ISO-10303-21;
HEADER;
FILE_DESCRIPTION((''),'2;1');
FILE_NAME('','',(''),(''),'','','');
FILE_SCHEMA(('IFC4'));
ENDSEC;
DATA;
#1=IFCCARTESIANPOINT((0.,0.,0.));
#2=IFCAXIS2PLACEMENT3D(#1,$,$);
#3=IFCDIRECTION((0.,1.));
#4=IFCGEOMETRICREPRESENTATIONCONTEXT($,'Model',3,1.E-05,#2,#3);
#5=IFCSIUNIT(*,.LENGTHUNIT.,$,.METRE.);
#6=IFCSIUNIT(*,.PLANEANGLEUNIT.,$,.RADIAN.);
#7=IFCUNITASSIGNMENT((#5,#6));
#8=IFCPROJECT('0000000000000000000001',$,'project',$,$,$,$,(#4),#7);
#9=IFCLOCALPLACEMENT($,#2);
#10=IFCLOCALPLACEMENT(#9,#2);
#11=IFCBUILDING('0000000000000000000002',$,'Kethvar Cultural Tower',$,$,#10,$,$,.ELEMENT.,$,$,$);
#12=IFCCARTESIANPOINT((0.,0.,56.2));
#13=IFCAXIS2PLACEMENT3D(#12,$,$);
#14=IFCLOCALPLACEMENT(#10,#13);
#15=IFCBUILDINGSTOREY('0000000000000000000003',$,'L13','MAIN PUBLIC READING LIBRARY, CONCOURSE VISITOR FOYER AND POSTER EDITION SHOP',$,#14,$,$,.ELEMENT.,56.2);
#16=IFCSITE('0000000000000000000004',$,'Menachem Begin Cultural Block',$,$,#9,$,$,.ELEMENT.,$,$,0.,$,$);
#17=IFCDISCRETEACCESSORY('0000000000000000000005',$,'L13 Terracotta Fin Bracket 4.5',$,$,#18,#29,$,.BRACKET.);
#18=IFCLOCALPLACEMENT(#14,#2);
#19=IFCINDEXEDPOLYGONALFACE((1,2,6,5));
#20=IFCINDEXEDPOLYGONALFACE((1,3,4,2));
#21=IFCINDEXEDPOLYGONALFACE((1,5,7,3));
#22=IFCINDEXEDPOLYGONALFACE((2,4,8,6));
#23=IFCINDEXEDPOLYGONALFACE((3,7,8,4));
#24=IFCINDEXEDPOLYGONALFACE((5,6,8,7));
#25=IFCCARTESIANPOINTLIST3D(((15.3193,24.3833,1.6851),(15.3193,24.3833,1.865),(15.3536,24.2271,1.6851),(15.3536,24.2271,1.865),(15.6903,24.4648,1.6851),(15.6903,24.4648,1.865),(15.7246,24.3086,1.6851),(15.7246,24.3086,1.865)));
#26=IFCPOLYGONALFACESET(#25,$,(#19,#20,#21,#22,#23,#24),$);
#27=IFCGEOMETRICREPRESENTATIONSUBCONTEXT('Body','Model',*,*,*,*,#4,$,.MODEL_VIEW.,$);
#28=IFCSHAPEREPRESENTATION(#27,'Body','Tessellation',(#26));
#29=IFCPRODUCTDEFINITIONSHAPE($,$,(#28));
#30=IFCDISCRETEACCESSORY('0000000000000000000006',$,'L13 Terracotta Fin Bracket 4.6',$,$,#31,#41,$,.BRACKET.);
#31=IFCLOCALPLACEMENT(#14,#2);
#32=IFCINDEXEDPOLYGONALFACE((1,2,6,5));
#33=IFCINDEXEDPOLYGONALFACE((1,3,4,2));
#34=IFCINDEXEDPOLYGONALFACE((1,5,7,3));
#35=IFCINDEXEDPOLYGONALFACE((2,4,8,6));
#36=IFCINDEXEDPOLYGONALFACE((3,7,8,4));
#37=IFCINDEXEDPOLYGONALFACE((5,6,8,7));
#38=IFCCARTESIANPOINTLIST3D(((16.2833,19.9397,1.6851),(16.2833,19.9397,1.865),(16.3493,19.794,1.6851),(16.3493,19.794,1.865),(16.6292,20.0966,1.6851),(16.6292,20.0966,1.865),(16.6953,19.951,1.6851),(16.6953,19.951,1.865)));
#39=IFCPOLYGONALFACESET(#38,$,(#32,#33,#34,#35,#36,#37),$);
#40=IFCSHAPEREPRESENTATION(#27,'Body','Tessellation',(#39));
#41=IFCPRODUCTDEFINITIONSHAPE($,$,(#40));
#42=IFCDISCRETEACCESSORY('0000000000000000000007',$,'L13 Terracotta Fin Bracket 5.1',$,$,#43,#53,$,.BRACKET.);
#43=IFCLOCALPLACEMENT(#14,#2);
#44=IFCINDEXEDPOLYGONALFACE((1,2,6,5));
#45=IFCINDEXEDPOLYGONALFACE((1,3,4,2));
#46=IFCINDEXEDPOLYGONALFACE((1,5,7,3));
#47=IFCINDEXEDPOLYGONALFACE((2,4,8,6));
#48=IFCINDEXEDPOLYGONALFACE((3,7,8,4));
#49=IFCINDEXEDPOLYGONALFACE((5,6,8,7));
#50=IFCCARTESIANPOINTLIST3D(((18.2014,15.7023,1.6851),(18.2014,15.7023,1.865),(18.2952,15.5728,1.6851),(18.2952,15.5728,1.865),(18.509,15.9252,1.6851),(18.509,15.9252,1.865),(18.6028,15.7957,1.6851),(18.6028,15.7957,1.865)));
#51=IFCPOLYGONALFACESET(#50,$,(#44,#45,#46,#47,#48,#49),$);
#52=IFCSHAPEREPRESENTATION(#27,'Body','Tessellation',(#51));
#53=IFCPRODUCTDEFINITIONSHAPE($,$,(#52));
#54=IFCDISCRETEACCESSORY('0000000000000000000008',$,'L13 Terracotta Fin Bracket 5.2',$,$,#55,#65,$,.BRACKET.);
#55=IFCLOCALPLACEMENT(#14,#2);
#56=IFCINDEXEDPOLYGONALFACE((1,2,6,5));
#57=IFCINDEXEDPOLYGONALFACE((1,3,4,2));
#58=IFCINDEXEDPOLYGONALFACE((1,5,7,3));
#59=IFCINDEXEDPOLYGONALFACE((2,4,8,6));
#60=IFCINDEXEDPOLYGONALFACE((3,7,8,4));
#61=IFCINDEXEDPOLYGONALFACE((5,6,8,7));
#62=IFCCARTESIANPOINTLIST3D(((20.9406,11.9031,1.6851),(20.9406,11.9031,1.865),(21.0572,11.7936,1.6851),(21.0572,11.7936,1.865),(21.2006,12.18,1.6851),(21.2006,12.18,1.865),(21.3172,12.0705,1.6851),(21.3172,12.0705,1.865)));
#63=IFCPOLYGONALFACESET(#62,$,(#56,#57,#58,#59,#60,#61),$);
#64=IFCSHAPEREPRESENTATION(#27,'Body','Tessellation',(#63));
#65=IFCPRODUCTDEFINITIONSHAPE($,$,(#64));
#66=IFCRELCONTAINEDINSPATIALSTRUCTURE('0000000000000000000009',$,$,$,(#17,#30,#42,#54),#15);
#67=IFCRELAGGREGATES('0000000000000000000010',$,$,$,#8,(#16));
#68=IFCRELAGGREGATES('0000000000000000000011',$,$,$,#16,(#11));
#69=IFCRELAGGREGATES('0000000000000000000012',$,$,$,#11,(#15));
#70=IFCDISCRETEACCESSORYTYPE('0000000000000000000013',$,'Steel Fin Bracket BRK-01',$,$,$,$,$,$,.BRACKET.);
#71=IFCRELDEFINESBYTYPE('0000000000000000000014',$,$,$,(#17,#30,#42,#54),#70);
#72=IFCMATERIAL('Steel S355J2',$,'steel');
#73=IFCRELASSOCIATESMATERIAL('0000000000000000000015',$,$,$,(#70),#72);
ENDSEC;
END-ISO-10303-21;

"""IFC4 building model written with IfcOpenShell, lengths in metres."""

from ifc_helpers import new_model, si_unit, direction, frame, origin, origin_2d, place, context, subcontext, project, spatial, rectangle, extrude, source, transform, mapped, material, type_object, element, save


model = new_model("IFC4")

# Units and contexts
model_context = context("Model", 3, precision=1e-05, world=origin(), true_north=direction((0.0, 1.0)))
body_context = subcontext(model_context, "Body", "Model", "MODEL_VIEW")
ifc_project = project(units=[si_unit("LENGTHUNIT", "METRE"), si_unit("PLANEANGLEUNIT", "RADIAN")], contexts=[model_context])

# Site, building, storey
site_placement = place(None, origin())
site = spatial("IfcSite", under=ifc_project, at=site_placement, Name="Menachem Begin Cultural Block", CompositionType="ELEMENT", RefElevation=0.0)
building_placement = place(site_placement, origin())
building = spatial("IfcBuilding", under=site, at=building_placement, Name="Kethvar Cultural Tower", CompositionType="ELEMENT")
storey_placement = place(building_placement, frame((0.0, 0.0, 56.2)))
storey = spatial("IfcBuildingStorey", under=building, at=storey_placement, Name="L13", Description="MAIN PUBLIC READING LIBRARY, CONCOURSE VISITOR FOYER AND POSTER EDITION SHOP", CompositionType="ELEMENT", Elevation=56.2)

# Shared definitions
ifc_material_1 = material(Name="Steel S355J2", Category="steel")

# Discrete accessories
discrete_accessory_type = type_object("IfcDiscreteAccessoryType", Name="Steel Fin Bracket BRK-01", PredefinedType="BRACKET", material=ifc_material_1)
shared_shape_1 = source(origin(), body_context, "Body", "SweptSolid", [
    extrude(rectangle(XDim=0.3799, YDim=0.1599, at=origin_2d()), origin(), (0.0, 0.0, 1.0), 0.1799),
])
for number, where, z_axis, x_axis, name in (
    (1, (15.522, 24.3459, 1.6851), (0.0, 0.0, 1.0), (-0.97671, -0.214565, 0.0), "L13 Terracotta Fin Bracket 4.5"),
    (2, (16.4893, 19.9453, 1.6851), (0.0, 0.0, 1.0), (-0.910684, -0.413104, 0.0), "L13 Terracotta Fin Bracket 4.6"),
    (3, (18.4021, 15.749, 1.6851), (0.0, 0.0, 1.0), (-0.809735, -0.586796, 0.0), "L13 Terracotta Fin Bracket 5.1"),
    (4, (21.1289, 11.9868, 1.6851), (0.0, 0.0, 1.0), (-0.684547, -0.728969, 0.0), "L13 Terracotta Fin Bracket 5.2"),
):
    element("IfcDiscreteAccessory", number, at=place(storey_placement, frame(where, z_axis=z_axis, x_axis=x_axis)), inside=storey, type_object=discrete_accessory_type, Name=name, PredefinedType="BRACKET", context=body_context, shape_type="MappedRepresentation", body=[
        mapped(shared_shape_1, transform((0.0, 0.0, 0.0), scale=1.0)),
    ])

save(model, "model.ifc")
